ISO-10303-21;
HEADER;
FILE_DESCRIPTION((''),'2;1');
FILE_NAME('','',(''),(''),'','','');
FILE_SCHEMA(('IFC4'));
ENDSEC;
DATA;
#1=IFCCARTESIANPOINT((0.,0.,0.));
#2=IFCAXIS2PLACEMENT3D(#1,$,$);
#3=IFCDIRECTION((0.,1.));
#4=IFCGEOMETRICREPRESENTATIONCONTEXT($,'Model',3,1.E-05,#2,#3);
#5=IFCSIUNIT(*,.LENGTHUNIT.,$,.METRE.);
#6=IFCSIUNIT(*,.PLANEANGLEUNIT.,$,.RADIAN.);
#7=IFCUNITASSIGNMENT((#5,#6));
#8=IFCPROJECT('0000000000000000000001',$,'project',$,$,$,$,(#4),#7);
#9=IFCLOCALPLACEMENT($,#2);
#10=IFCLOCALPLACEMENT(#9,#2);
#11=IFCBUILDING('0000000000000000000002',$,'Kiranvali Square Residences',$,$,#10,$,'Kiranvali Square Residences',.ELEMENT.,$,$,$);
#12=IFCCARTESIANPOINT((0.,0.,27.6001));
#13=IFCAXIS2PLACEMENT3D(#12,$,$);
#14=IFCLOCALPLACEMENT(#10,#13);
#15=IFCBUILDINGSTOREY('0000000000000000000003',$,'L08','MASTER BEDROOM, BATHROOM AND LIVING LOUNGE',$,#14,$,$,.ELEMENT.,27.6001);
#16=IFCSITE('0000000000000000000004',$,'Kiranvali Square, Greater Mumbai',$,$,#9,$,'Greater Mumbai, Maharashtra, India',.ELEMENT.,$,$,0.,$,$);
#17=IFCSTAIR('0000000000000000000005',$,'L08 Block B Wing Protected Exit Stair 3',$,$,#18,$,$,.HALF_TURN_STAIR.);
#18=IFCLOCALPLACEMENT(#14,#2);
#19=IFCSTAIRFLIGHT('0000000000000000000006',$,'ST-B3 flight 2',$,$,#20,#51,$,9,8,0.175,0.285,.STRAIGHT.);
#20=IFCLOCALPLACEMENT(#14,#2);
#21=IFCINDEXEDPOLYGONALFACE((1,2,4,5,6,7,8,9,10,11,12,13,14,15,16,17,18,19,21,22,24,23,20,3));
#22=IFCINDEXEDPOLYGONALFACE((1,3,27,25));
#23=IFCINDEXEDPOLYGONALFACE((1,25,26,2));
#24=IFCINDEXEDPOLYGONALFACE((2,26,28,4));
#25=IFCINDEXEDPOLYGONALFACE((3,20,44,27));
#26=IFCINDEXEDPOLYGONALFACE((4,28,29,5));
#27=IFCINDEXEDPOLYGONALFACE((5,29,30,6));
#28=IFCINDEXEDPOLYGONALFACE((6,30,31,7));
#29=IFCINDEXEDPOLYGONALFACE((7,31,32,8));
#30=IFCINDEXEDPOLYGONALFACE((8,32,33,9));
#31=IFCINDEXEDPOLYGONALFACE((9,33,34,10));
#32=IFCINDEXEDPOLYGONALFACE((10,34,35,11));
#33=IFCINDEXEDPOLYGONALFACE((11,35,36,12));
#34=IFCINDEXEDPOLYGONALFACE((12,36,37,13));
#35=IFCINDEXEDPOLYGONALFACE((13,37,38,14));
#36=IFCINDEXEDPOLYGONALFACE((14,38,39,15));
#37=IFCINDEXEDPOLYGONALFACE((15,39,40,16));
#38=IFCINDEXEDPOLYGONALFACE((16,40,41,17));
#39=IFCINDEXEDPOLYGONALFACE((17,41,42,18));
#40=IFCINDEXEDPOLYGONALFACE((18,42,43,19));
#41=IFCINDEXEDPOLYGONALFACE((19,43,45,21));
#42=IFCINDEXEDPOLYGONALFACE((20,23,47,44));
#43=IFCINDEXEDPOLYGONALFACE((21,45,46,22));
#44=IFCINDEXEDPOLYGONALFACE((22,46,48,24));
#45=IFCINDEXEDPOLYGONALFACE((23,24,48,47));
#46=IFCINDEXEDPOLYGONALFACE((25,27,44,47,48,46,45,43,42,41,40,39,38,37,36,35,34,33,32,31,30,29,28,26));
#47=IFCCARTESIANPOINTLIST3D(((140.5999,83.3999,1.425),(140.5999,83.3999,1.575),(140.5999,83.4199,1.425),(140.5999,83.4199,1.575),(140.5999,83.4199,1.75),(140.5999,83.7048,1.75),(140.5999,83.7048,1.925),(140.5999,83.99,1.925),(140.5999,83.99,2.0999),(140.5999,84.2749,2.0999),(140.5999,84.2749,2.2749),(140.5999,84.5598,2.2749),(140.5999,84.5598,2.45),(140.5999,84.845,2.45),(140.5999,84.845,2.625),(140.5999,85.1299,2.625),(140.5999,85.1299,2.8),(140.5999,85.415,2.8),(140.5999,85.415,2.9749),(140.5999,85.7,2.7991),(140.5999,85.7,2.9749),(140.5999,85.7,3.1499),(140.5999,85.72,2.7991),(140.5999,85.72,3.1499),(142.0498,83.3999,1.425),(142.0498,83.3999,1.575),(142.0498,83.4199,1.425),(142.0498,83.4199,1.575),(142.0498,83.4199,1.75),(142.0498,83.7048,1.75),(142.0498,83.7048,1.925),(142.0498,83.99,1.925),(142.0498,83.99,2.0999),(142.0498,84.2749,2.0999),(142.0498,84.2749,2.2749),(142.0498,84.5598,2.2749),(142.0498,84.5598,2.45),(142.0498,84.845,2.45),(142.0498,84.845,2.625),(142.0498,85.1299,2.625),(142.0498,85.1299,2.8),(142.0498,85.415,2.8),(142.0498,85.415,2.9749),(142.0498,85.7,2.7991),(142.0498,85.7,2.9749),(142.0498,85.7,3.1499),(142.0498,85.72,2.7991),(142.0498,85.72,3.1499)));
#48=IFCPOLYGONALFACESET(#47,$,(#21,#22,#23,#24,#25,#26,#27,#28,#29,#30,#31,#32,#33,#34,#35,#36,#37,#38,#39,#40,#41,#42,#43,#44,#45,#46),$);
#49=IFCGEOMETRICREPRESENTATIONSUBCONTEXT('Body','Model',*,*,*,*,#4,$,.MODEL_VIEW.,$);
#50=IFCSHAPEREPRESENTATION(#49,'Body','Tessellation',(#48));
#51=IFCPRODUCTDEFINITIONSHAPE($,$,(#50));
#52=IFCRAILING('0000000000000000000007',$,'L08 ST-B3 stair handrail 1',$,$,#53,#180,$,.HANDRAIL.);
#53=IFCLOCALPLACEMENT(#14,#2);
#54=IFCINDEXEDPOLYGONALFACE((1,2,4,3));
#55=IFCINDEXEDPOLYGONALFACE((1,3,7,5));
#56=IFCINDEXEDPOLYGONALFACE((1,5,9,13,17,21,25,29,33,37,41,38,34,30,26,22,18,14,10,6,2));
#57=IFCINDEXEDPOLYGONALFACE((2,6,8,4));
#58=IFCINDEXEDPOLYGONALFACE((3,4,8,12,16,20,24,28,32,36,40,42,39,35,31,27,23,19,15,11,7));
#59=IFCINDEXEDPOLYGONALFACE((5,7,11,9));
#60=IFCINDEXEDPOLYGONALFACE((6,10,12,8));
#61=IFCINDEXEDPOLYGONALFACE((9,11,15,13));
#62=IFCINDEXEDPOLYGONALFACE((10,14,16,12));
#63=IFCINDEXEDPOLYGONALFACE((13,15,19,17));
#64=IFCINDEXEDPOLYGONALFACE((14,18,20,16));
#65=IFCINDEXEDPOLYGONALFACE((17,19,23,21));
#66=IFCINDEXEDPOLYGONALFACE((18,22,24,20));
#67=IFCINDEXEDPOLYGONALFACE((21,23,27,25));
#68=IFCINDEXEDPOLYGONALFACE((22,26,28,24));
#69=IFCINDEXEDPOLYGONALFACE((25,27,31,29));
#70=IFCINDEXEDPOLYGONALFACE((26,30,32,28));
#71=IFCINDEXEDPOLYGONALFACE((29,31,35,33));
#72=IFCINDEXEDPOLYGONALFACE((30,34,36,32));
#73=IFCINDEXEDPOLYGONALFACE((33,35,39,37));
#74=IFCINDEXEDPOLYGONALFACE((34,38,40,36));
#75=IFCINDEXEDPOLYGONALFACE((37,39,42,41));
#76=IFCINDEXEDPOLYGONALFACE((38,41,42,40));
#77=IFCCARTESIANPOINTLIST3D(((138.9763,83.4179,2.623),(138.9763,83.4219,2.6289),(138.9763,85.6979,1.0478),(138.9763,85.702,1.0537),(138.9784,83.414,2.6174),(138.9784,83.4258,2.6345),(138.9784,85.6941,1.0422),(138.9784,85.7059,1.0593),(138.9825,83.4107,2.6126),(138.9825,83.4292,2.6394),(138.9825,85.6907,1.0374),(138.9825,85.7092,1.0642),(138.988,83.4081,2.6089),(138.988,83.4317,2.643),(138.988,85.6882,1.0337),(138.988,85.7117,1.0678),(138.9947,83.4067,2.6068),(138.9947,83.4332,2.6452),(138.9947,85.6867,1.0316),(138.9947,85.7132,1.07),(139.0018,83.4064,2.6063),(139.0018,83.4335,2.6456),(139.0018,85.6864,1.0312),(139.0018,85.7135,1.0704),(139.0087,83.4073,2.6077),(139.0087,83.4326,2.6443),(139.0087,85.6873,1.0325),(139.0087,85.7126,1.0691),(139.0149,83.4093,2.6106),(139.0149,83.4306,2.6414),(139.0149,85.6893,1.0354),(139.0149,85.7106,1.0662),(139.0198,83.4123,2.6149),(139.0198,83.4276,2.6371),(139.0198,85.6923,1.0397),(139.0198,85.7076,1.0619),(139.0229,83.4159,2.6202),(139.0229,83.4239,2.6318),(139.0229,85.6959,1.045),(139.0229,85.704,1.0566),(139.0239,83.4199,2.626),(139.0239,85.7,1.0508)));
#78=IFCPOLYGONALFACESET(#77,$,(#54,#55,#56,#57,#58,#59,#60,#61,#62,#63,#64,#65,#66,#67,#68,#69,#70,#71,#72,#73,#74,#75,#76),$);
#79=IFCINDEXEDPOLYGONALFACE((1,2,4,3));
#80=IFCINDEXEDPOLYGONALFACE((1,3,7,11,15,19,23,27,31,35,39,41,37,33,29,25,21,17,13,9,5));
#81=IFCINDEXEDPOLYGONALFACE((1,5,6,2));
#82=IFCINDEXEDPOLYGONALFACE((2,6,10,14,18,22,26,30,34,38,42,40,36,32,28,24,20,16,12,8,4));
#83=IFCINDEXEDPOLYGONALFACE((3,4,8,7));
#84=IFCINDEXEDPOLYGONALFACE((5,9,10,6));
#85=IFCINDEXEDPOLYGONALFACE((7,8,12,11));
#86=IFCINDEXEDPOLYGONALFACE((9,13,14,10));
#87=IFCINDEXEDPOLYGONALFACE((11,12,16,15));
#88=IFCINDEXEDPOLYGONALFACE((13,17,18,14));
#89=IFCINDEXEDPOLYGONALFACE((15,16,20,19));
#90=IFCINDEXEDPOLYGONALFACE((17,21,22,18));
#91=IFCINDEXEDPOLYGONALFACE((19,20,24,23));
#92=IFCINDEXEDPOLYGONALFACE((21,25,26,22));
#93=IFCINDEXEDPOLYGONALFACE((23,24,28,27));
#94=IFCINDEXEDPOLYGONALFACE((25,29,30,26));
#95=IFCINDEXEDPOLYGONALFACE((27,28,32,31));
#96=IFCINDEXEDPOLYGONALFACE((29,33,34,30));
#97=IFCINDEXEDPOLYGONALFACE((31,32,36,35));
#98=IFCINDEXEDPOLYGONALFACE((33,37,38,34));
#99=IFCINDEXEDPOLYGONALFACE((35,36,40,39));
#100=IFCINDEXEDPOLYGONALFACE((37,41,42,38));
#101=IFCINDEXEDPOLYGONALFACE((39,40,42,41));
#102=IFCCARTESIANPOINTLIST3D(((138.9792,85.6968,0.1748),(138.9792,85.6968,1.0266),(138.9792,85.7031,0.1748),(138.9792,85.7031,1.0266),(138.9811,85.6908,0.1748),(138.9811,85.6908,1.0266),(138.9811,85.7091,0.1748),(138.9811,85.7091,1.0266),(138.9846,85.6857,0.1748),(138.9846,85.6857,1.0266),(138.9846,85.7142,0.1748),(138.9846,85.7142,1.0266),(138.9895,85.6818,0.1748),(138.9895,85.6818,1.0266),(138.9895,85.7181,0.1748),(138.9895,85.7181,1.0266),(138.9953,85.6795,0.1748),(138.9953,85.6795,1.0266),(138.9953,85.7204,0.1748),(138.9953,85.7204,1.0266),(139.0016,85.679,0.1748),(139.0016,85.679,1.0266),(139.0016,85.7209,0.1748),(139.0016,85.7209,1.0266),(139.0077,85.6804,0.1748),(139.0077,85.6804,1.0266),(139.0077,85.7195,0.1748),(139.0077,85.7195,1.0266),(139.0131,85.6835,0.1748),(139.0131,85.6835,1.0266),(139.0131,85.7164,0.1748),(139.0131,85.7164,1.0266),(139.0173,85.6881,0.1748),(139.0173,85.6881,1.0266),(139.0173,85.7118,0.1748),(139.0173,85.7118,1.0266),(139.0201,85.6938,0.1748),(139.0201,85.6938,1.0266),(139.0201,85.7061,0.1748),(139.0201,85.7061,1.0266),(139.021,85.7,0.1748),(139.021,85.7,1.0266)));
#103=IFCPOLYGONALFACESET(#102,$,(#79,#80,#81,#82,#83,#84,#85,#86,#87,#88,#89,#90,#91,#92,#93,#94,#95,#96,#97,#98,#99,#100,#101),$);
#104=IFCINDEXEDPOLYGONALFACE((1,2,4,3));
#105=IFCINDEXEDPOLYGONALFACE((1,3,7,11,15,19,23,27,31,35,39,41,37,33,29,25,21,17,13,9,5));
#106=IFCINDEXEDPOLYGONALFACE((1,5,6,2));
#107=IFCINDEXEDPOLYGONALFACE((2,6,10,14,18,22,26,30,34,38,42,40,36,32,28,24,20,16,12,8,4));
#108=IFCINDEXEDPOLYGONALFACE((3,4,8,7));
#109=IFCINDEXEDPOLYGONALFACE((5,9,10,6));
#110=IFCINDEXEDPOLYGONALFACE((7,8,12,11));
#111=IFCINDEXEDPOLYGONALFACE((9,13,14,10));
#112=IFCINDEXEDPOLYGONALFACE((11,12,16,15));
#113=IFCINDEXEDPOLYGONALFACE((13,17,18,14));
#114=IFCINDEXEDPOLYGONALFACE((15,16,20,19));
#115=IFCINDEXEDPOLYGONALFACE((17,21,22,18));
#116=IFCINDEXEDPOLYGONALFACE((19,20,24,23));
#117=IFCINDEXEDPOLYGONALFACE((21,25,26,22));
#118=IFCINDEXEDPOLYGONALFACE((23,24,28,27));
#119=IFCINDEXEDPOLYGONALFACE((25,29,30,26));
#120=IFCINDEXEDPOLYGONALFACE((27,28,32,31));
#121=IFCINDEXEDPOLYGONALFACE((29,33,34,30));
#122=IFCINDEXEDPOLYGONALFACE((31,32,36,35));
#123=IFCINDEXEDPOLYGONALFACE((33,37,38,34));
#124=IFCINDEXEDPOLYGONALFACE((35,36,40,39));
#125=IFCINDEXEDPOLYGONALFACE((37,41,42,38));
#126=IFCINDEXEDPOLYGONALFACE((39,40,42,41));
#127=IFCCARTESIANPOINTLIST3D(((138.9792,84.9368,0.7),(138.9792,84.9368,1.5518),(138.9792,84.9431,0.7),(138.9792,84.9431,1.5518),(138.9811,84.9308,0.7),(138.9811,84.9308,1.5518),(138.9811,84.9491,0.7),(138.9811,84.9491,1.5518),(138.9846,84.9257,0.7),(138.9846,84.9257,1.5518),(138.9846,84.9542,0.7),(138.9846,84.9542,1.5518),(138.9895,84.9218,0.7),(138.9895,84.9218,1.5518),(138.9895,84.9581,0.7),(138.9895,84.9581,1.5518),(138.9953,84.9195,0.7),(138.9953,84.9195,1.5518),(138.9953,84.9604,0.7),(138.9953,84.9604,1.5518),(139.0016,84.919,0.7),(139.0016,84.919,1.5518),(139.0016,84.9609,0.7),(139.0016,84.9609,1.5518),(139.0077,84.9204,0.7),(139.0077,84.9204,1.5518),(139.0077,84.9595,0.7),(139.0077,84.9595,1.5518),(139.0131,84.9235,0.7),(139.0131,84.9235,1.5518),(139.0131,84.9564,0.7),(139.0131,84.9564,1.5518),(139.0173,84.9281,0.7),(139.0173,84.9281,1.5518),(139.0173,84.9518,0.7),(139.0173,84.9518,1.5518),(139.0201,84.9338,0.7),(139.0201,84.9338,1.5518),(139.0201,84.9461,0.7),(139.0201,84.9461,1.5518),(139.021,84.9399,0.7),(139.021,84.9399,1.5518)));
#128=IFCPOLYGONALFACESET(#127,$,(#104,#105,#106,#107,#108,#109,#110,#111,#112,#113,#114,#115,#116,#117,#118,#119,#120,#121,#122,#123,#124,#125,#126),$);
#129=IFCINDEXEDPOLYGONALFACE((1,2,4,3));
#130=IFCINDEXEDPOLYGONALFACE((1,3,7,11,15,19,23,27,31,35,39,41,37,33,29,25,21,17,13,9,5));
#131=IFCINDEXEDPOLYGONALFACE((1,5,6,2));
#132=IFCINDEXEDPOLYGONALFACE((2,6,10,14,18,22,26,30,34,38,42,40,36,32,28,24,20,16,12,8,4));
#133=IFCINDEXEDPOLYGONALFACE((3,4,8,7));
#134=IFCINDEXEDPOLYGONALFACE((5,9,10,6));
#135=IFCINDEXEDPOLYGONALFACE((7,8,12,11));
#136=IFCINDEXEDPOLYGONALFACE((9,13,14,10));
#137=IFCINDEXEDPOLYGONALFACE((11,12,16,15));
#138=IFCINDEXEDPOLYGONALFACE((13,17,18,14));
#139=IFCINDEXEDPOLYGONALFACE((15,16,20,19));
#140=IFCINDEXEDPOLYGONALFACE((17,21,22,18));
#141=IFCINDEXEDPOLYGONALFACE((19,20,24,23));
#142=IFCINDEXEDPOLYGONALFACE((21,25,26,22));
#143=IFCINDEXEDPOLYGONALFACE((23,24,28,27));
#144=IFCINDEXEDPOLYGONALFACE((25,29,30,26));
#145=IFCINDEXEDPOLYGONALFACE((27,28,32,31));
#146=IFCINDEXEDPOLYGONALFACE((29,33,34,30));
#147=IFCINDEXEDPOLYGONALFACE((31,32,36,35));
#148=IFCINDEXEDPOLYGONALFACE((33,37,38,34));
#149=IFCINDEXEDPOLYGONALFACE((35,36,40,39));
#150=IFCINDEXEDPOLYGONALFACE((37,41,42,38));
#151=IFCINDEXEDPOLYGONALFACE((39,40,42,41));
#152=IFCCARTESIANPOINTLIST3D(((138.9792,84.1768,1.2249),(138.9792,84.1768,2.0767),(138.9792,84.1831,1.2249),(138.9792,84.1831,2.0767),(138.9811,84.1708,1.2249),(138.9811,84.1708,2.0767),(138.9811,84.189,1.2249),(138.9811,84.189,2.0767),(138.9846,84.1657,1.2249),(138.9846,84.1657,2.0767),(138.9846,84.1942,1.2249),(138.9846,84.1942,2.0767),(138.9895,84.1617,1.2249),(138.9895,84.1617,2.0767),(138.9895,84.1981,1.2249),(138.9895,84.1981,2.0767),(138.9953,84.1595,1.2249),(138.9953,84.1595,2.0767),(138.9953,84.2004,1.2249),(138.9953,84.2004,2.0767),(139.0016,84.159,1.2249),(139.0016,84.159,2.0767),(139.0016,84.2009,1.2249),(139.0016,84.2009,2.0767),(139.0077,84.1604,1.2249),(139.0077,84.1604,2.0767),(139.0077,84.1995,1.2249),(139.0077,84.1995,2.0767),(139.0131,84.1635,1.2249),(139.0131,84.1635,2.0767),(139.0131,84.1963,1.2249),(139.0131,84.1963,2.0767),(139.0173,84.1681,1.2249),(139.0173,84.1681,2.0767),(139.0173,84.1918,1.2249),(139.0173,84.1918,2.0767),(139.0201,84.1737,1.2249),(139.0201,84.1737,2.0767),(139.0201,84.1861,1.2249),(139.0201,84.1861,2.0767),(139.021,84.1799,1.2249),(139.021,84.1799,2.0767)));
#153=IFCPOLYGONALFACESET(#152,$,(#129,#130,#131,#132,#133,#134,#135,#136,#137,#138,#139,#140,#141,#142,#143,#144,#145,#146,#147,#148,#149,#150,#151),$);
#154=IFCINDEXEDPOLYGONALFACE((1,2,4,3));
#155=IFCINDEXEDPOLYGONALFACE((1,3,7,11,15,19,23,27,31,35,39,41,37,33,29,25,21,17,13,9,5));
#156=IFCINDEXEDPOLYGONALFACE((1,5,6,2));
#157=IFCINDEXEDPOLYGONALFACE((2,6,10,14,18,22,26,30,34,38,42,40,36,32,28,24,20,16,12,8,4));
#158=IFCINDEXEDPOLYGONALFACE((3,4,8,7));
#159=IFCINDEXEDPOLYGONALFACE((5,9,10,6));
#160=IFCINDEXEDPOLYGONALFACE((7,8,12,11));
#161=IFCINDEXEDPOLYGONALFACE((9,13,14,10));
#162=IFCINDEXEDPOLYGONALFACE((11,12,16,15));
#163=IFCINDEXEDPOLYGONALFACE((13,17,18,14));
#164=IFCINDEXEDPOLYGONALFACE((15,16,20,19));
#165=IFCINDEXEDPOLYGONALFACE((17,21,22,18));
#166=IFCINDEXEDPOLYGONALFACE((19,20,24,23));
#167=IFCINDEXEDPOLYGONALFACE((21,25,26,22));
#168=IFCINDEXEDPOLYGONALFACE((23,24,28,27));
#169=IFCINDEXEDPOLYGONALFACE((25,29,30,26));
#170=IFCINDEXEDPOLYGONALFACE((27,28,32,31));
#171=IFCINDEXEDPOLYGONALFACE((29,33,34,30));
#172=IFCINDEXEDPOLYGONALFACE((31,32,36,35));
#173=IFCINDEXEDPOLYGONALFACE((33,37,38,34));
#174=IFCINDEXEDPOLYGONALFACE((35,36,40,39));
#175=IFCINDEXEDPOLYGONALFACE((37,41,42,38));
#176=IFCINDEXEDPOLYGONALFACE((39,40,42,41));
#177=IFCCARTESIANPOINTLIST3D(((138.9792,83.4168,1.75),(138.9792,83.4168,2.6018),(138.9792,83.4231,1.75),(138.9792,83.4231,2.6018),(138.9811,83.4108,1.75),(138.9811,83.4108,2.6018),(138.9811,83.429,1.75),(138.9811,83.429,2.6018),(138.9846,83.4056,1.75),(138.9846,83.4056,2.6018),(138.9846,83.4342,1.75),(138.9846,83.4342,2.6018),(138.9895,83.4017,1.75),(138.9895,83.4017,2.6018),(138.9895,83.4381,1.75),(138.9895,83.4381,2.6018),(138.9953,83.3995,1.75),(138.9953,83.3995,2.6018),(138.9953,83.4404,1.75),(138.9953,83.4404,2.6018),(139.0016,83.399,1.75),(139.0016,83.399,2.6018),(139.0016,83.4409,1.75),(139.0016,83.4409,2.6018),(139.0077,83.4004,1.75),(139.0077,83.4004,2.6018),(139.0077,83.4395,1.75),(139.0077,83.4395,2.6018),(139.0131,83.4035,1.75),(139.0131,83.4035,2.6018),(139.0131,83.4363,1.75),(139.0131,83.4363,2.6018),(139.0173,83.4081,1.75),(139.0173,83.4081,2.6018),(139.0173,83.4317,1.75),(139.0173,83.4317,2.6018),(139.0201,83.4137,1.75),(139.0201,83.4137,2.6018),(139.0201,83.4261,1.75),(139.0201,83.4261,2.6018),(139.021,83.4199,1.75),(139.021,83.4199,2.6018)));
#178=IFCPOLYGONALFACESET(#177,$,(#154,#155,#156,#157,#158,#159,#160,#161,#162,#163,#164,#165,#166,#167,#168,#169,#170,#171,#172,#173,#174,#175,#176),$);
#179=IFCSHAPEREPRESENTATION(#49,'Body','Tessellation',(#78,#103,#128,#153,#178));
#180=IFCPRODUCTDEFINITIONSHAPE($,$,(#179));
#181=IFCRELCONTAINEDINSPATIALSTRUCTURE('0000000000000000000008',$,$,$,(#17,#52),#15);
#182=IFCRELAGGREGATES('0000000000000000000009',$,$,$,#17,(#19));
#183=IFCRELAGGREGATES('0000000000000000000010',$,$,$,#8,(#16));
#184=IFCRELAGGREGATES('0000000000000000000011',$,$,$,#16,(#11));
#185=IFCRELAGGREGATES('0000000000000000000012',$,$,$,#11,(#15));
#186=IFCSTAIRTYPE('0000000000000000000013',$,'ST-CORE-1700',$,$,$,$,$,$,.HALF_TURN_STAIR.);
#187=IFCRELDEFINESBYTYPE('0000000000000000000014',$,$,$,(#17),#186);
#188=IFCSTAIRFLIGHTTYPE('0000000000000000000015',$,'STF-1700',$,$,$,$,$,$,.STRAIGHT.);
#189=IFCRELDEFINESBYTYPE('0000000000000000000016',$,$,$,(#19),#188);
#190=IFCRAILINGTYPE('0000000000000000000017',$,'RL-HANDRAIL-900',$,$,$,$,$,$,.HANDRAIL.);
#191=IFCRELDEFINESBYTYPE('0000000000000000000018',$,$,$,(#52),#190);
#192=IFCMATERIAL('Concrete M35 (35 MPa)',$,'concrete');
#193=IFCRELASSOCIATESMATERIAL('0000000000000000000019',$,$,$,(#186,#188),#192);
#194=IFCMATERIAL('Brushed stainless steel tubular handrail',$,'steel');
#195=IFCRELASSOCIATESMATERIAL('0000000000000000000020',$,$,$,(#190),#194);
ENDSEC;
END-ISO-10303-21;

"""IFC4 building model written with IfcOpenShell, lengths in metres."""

from ifc_helpers import new_model, si_unit, direction, frame, origin, origin_2d, place, context, subcontext, project, spatial, polyline, circle, outline, extrude, material, type_object, element, aggregate, save


model = new_model("IFC4")

# Units and contexts
model_context = context("Model", 3, precision=1e-05, world=origin(), true_north=direction((0.0, 1.0)))
body_context = subcontext(model_context, "Body", "Model", "MODEL_VIEW")
ifc_project = project(units=[si_unit("LENGTHUNIT", "METRE"), si_unit("PLANEANGLEUNIT", "RADIAN")], contexts=[model_context])

# Site, building, storey
site_placement = place(None, origin())
site = spatial("IfcSite", under=ifc_project, at=site_placement, Name="Kiranvali Square, Greater Mumbai", LongName="Greater Mumbai, Maharashtra, India", CompositionType="ELEMENT", RefElevation=0.0)
building_placement = place(site_placement, origin())
building = spatial("IfcBuilding", under=site, at=building_placement, Name="Kiranvali Square Residences", LongName="Kiranvali Square Residences", CompositionType="ELEMENT")
storey_placement = place(building_placement, frame((0.0, 0.0, 27.6001)))
storey = spatial("IfcBuildingStorey", under=building, at=storey_placement, Name="L08", Description="MASTER BEDROOM, BATHROOM AND LIVING LOUNGE", CompositionType="ELEMENT", Elevation=27.6001)

# Stair, stair flight
ifc_material_1 = material(Name="Concrete M35 (35 MPa)", Category="concrete")
stair_type = type_object("IfcStairType", Name="ST-CORE-1700", PredefinedType="HALF_TURN_STAIR", material=ifc_material_1)
stair_placement = place(storey_placement, origin())
stair = element("IfcStair", 1, at=stair_placement, inside=storey, type_object=stair_type, Name="L08 Block B Wing Protected Exit Stair 3", PredefinedType="HALF_TURN_STAIR")
stair_flight_type = type_object("IfcStairFlightType", Name="STF-1700", PredefinedType="STRAIGHT", material=ifc_material_1)
stair_flight_1_placement = place(storey_placement, frame((141.325, 83.4199, 1.575), z_axis=(0.0, 0.0, 1.0), x_axis=(0.0, 1.0, 0.0)))
stair_flight_1 = element("IfcStairFlight", 2, at=stair_flight_1_placement, type_object=stair_flight_type, Name="ST-B3 flight 2", NumberOfRisers=9, NumberOfTreads=8, PredefinedType="STRAIGHT", RiserHeight=0.175, TreadLength=0.285, context=body_context, shape_type="SweptSolid", body=[
    extrude(outline(polyline([(-0.02, -0.1499), (-0.02, 0.0), (0.0, 0.0), (0.0, 0.175), (0.2849, 0.175), (0.2849, 0.3501), (0.5701, 0.3501), (0.5701, 0.5249), (0.855, 0.5249), (0.855, 0.7), (1.1399, 0.7), (1.1399, 0.875), (1.425, 0.875), (1.425, 1.05), (1.71, 1.05), (1.71, 1.2251), (1.9951, 1.2251), (1.9951, 1.3999), (2.28, 1.3999), (2.28, 1.575), (2.3, 1.575), (2.3, 1.2241), (2.28, 1.2241), (0.0, -0.1499), (-0.02, -0.1499)])), frame((0.0, 0.7251, 0.0), z_axis=(0.0, -1.0, 0.0), x_axis=(1.0, 0.0, 0.0)), (0.0, 0.0, 1.0), 1.45),
])
aggregate(stair, [stair_flight_1])

# Railing
ifc_material_2 = material(Name="Brushed stainless steel tubular handrail", Category="steel")
railing_type_1 = type_object("IfcRailingType", Name="RL-HANDRAIL-900", PredefinedType="HANDRAIL", material=ifc_material_2)
railing_1_placement = place(storey_placement, frame((139.0, 85.7, 0.1748)))
element("IfcRailing", 3, at=railing_1_placement, inside=storey, type_object=railing_type_1, Name="L08 ST-B3 stair handrail 1", PredefinedType="HANDRAIL", context=body_context, shape_type="SweptSolid", body=[
    extrude(circle(Radius=0.0239, at=origin_2d()), frame((0.0, 0.0, 0.876), z_axis=(0.0, -0.822747, 0.568408), x_axis=(1.0, 0.0, 0.0)), (0.0, 0.0, 1.0), 2.7712),
    extrude(circle(Radius=0.021, at=origin_2d()), origin(), (0.0, 0.0, 1.0), 0.8518),
    extrude(circle(Radius=0.021, at=origin_2d()), frame((0.0, -0.76, 0.5251)), (0.0, 0.0, 1.0), 0.8518),
    extrude(circle(Radius=0.021, at=origin_2d()), frame((0.0, -1.52, 1.05)), (0.0, 0.0, 1.0), 0.8518),
    extrude(circle(Radius=0.021, at=origin_2d()), frame((0.0, -2.28, 1.5752)), (0.0, 0.0, 1.0), 0.8518),
])

save(model, "model.ifc")
